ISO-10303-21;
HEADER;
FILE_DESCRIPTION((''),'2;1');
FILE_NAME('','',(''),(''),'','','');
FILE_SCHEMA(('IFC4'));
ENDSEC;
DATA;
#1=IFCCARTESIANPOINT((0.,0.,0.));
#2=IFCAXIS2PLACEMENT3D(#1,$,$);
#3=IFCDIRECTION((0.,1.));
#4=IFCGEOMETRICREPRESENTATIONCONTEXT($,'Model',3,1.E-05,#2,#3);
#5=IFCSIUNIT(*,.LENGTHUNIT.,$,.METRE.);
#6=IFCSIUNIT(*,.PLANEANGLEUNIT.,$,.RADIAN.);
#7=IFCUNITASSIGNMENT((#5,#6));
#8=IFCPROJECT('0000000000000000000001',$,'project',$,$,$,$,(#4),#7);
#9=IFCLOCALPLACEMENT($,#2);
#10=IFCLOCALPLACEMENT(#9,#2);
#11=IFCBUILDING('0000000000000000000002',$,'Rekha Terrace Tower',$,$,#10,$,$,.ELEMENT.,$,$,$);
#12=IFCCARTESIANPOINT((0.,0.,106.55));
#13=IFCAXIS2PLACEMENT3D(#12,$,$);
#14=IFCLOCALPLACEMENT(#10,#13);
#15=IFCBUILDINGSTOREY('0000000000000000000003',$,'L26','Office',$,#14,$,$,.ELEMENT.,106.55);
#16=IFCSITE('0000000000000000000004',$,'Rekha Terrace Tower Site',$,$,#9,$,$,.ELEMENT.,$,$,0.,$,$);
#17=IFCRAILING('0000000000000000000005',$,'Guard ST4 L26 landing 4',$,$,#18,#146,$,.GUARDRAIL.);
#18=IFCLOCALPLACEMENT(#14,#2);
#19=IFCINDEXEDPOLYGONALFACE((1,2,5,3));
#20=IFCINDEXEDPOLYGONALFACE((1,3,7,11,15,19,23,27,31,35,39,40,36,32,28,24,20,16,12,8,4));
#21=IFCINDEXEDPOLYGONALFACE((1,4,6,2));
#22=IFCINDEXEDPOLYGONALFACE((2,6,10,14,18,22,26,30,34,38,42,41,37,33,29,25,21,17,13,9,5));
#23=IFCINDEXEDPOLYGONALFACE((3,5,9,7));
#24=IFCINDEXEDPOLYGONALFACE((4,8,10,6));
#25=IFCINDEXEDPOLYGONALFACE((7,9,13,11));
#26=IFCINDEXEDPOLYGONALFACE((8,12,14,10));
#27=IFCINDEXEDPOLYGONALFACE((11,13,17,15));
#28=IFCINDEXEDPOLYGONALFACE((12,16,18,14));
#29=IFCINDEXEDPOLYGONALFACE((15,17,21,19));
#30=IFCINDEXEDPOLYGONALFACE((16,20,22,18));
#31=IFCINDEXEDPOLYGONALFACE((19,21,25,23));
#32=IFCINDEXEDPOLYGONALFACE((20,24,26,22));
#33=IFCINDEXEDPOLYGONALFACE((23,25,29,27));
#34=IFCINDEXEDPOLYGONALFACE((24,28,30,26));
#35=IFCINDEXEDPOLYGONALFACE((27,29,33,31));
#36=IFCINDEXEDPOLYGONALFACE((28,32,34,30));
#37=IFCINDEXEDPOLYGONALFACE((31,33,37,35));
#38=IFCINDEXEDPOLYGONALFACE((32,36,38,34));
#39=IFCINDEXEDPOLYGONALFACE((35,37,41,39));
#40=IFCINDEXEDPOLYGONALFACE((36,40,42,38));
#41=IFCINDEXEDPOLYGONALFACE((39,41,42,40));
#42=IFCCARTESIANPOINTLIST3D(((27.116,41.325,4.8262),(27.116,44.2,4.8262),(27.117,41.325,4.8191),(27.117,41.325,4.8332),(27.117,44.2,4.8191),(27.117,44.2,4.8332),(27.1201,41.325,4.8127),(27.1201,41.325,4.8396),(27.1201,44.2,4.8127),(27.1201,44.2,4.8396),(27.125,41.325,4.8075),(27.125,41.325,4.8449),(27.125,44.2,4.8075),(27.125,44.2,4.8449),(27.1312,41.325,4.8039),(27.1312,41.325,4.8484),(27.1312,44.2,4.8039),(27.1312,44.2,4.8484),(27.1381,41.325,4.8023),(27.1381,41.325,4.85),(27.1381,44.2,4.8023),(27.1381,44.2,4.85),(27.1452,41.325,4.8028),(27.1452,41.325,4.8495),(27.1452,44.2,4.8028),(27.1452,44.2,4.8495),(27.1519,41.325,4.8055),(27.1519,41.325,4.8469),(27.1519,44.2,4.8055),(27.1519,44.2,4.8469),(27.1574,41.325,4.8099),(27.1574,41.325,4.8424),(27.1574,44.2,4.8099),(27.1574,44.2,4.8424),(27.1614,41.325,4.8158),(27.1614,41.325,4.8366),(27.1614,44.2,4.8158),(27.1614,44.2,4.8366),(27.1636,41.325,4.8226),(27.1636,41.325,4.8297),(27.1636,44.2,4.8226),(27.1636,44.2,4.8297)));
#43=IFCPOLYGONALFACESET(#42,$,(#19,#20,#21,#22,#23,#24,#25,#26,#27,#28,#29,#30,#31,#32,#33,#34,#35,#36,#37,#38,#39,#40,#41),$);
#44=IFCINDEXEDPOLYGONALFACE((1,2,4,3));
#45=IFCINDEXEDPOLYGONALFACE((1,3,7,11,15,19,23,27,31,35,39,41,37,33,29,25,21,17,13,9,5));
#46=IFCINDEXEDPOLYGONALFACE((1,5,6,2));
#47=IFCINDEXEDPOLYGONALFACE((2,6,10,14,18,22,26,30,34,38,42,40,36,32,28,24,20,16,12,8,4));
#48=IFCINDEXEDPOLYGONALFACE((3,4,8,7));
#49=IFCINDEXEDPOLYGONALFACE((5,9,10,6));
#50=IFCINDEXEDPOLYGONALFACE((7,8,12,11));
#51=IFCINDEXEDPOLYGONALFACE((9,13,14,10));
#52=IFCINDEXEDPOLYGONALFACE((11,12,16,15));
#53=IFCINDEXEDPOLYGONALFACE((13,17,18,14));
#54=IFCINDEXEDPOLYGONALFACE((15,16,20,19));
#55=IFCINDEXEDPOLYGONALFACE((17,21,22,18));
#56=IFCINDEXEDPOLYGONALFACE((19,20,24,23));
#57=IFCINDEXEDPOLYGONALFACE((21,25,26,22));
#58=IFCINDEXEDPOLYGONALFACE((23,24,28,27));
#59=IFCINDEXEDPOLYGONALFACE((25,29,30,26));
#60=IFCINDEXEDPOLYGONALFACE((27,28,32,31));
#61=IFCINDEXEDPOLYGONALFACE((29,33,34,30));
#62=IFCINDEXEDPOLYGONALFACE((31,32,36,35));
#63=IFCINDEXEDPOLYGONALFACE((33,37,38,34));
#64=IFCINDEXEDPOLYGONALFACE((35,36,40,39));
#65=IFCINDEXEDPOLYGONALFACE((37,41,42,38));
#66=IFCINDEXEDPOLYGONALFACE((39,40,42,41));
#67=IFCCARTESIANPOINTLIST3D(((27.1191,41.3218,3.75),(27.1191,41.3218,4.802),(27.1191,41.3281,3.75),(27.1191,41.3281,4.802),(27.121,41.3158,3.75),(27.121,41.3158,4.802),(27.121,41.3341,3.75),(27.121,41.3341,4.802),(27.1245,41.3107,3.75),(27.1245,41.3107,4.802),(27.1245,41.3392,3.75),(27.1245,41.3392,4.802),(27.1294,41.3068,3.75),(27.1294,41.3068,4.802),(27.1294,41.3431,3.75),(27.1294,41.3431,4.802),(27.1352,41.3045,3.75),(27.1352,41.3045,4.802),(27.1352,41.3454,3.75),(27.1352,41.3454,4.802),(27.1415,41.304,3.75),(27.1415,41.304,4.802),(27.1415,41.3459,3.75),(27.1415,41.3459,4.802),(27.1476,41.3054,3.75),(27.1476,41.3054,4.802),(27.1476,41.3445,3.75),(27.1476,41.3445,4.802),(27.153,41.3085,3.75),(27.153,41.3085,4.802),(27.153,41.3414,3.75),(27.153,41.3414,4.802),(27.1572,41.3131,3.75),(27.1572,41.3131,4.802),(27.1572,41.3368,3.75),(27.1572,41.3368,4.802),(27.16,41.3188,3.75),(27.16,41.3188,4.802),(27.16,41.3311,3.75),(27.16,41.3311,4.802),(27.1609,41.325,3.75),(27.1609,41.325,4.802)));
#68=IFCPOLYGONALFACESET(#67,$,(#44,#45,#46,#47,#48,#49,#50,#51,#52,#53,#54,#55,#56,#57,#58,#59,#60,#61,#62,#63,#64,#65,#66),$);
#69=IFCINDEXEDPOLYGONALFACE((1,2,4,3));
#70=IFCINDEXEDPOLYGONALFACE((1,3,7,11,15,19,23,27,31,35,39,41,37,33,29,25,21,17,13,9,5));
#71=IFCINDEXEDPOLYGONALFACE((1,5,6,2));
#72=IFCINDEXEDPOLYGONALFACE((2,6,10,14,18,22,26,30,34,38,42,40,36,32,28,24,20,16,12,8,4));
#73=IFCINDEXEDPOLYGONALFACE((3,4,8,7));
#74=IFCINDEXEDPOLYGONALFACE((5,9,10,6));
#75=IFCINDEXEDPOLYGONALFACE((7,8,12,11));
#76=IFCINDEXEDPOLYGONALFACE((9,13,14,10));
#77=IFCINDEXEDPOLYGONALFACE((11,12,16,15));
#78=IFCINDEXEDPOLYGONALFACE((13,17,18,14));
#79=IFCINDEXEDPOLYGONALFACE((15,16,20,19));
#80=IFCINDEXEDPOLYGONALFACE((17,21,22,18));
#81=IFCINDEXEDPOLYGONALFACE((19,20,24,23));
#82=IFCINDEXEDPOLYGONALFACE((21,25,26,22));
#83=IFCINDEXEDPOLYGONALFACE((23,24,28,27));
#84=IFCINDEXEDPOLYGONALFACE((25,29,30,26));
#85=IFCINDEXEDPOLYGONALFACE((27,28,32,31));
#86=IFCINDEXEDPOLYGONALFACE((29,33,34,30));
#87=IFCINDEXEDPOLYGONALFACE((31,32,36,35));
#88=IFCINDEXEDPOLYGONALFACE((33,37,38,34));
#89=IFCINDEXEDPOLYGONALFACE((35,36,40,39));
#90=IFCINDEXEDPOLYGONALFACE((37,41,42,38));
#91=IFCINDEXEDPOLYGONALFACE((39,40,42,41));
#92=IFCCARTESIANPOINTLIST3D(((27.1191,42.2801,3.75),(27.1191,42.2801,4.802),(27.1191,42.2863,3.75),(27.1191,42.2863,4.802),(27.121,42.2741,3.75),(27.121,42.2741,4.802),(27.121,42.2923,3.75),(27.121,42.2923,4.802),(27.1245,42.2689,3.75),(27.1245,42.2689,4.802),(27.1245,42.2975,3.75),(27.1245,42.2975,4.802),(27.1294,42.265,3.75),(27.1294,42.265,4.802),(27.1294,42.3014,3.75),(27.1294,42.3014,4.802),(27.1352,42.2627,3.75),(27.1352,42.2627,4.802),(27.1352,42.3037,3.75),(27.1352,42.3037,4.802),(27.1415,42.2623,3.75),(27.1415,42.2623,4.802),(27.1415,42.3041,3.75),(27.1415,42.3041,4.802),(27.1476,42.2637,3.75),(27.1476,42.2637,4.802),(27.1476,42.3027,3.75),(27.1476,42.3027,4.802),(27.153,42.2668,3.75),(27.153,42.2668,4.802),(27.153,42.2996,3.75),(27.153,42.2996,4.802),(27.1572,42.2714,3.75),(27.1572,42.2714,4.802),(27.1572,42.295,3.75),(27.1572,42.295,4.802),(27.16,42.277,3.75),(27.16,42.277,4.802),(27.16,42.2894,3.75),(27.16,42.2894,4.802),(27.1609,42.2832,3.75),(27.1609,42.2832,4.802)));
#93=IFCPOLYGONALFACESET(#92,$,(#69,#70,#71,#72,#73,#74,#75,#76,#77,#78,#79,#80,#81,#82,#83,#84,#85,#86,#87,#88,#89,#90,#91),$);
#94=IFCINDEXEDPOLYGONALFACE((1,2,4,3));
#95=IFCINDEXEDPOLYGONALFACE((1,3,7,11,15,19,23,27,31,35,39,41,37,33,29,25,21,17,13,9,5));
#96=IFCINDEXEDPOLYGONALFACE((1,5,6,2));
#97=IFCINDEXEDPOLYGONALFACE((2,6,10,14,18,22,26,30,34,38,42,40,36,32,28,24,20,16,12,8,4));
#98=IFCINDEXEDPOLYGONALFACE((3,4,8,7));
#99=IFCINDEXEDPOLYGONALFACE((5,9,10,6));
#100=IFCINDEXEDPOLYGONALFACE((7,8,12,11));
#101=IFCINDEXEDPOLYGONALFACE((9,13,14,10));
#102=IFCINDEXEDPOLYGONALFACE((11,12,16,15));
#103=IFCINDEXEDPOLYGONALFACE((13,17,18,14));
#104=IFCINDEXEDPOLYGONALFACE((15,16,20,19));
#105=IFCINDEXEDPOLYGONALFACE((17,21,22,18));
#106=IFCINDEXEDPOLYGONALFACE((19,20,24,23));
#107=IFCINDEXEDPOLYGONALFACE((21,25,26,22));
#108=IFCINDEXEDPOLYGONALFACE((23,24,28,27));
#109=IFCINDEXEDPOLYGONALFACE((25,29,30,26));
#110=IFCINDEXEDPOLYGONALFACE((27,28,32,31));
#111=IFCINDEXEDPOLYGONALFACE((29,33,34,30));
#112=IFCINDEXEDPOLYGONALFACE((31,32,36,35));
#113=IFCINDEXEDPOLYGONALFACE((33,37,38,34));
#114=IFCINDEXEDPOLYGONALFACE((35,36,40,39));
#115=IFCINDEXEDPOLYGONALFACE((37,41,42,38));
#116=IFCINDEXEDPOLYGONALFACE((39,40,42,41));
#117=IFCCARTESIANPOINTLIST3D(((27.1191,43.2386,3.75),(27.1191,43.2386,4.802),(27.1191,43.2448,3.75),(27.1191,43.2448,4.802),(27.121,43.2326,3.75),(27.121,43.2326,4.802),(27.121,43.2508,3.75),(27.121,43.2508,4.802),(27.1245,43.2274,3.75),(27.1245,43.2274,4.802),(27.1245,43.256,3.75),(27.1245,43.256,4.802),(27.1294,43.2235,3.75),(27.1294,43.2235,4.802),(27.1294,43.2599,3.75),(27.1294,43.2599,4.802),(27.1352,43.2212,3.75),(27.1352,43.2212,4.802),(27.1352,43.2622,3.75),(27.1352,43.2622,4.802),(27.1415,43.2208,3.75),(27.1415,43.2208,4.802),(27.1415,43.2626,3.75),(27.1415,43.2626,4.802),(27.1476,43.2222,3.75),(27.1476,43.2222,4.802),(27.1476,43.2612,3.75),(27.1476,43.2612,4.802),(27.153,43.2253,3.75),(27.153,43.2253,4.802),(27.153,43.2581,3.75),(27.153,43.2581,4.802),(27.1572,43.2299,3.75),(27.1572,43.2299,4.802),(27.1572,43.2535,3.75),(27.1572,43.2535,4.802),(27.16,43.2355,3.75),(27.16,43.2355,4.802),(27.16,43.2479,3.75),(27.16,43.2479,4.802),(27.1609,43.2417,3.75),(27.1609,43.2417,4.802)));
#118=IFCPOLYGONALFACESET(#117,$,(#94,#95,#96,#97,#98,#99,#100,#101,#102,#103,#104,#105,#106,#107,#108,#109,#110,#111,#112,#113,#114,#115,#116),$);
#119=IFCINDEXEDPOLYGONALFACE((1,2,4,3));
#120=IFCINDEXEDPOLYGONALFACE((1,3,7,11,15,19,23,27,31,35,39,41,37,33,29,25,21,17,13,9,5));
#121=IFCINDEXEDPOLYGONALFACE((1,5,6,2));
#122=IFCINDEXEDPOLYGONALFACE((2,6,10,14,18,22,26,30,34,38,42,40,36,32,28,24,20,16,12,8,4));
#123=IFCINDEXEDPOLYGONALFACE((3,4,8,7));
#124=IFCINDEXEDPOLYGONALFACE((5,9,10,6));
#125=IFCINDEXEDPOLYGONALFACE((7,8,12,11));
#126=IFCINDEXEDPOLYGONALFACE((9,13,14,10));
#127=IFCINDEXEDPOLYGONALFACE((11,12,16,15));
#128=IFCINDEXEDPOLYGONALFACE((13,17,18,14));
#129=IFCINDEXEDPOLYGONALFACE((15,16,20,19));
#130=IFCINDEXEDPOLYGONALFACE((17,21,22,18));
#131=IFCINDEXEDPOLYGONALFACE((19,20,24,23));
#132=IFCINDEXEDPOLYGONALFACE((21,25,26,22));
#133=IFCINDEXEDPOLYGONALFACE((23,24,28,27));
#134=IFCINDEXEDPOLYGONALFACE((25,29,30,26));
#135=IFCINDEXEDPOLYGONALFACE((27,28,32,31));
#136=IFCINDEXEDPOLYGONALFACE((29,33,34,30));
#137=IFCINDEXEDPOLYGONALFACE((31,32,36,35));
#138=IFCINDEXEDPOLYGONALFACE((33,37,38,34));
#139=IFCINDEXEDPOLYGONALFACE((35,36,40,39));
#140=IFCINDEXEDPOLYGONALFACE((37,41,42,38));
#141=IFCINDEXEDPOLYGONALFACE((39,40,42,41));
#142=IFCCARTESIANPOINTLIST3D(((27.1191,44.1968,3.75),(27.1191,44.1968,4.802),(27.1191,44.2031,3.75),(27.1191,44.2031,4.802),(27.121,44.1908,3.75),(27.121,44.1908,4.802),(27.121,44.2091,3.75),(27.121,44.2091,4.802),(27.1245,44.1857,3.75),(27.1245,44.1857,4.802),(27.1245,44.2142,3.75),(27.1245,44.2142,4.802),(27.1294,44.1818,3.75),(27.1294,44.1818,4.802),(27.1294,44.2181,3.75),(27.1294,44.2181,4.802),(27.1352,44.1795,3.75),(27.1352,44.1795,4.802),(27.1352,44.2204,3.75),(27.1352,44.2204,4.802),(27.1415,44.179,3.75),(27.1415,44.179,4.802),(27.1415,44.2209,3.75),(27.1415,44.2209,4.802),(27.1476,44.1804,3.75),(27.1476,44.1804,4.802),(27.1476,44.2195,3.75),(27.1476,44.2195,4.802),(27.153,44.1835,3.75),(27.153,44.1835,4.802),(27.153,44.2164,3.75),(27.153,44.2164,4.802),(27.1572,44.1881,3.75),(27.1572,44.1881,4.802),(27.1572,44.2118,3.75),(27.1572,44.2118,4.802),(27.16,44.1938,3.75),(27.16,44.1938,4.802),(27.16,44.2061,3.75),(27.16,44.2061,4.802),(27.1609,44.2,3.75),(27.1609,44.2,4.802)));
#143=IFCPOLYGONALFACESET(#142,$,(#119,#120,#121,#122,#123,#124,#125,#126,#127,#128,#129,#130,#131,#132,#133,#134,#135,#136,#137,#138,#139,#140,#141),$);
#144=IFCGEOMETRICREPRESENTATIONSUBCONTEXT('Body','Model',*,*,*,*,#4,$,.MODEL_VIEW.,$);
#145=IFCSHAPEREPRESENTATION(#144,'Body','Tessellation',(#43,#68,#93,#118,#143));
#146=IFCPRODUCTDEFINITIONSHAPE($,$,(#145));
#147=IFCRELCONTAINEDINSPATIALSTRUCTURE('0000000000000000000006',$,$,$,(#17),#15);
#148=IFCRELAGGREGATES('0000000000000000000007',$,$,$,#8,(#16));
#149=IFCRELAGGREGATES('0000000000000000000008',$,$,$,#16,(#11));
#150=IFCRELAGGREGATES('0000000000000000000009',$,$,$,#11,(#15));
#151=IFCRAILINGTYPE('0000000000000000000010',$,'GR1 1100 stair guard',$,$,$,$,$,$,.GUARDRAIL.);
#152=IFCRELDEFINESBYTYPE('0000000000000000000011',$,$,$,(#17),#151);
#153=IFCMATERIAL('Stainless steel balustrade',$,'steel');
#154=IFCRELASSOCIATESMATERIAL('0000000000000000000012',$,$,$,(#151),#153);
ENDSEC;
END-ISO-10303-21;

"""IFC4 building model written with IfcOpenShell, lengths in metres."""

from ifc_helpers import new_model, si_unit, direction, frame, origin, origin_2d, place, context, subcontext, project, spatial, circle, extrude, material, type_object, element, save


model = new_model("IFC4")

# Units and contexts
model_context = context("Model", 3, precision=1e-05, world=origin(), true_north=direction((0.0, 1.0)))
body_context = subcontext(model_context, "Body", "Model", "MODEL_VIEW")
ifc_project = project(units=[si_unit("LENGTHUNIT", "METRE"), si_unit("PLANEANGLEUNIT", "RADIAN")], contexts=[model_context])

# Site, building, storey
site_placement = place(None, origin())
site = spatial("IfcSite", under=ifc_project, at=site_placement, Name="Rekha Terrace Tower Site", CompositionType="ELEMENT", RefElevation=0.0)
building_placement = place(site_placement, origin())
building = spatial("IfcBuilding", under=site, at=building_placement, Name="Rekha Terrace Tower", CompositionType="ELEMENT")
storey_placement = place(building_placement, frame((0.0, 0.0, 106.55)))
storey = spatial("IfcBuildingStorey", under=building, at=storey_placement, Name="L26", Description="Office", CompositionType="ELEMENT", Elevation=106.55)

# Railing
ifc_material_1 = material(Name="Stainless steel balustrade", Category="steel")
railing_type_1 = type_object("IfcRailingType", Name="GR1 1100 stair guard", PredefinedType="GUARDRAIL", material=ifc_material_1)
railing_1_placement = place(storey_placement, frame((27.1399, 41.325, 3.75)))
element("IfcRailing", 1, at=railing_1_placement, inside=storey, type_object=railing_type_1, Name="Guard ST4 L26 landing 4", PredefinedType="GUARDRAIL", context=body_context, shape_type="SweptSolid", body=[
    extrude(circle(Radius=0.0239, at=origin_2d()), frame((0.0, 0.0, 1.0762), z_axis=(0.0, 1.0, 0.0), x_axis=(-1.0, 0.0, 0.0)), (0.0, 0.0, 1.0), 2.875),
    extrude(circle(Radius=0.021, at=origin_2d()), origin(), (0.0, 0.0, 1.0), 1.052),
    extrude(circle(Radius=0.021, at=origin_2d()), frame((0.0, 0.9583, 0.0)), (0.0, 0.0, 1.0), 1.052),
    extrude(circle(Radius=0.021, at=origin_2d()), frame((0.0, 1.9167, 0.0)), (0.0, 0.0, 1.0), 1.052),
    extrude(circle(Radius=0.021, at=origin_2d()), frame((0.0, 2.875, 0.0)), (0.0, 0.0, 1.0), 1.052),
])

save(model, "model.ifc")
